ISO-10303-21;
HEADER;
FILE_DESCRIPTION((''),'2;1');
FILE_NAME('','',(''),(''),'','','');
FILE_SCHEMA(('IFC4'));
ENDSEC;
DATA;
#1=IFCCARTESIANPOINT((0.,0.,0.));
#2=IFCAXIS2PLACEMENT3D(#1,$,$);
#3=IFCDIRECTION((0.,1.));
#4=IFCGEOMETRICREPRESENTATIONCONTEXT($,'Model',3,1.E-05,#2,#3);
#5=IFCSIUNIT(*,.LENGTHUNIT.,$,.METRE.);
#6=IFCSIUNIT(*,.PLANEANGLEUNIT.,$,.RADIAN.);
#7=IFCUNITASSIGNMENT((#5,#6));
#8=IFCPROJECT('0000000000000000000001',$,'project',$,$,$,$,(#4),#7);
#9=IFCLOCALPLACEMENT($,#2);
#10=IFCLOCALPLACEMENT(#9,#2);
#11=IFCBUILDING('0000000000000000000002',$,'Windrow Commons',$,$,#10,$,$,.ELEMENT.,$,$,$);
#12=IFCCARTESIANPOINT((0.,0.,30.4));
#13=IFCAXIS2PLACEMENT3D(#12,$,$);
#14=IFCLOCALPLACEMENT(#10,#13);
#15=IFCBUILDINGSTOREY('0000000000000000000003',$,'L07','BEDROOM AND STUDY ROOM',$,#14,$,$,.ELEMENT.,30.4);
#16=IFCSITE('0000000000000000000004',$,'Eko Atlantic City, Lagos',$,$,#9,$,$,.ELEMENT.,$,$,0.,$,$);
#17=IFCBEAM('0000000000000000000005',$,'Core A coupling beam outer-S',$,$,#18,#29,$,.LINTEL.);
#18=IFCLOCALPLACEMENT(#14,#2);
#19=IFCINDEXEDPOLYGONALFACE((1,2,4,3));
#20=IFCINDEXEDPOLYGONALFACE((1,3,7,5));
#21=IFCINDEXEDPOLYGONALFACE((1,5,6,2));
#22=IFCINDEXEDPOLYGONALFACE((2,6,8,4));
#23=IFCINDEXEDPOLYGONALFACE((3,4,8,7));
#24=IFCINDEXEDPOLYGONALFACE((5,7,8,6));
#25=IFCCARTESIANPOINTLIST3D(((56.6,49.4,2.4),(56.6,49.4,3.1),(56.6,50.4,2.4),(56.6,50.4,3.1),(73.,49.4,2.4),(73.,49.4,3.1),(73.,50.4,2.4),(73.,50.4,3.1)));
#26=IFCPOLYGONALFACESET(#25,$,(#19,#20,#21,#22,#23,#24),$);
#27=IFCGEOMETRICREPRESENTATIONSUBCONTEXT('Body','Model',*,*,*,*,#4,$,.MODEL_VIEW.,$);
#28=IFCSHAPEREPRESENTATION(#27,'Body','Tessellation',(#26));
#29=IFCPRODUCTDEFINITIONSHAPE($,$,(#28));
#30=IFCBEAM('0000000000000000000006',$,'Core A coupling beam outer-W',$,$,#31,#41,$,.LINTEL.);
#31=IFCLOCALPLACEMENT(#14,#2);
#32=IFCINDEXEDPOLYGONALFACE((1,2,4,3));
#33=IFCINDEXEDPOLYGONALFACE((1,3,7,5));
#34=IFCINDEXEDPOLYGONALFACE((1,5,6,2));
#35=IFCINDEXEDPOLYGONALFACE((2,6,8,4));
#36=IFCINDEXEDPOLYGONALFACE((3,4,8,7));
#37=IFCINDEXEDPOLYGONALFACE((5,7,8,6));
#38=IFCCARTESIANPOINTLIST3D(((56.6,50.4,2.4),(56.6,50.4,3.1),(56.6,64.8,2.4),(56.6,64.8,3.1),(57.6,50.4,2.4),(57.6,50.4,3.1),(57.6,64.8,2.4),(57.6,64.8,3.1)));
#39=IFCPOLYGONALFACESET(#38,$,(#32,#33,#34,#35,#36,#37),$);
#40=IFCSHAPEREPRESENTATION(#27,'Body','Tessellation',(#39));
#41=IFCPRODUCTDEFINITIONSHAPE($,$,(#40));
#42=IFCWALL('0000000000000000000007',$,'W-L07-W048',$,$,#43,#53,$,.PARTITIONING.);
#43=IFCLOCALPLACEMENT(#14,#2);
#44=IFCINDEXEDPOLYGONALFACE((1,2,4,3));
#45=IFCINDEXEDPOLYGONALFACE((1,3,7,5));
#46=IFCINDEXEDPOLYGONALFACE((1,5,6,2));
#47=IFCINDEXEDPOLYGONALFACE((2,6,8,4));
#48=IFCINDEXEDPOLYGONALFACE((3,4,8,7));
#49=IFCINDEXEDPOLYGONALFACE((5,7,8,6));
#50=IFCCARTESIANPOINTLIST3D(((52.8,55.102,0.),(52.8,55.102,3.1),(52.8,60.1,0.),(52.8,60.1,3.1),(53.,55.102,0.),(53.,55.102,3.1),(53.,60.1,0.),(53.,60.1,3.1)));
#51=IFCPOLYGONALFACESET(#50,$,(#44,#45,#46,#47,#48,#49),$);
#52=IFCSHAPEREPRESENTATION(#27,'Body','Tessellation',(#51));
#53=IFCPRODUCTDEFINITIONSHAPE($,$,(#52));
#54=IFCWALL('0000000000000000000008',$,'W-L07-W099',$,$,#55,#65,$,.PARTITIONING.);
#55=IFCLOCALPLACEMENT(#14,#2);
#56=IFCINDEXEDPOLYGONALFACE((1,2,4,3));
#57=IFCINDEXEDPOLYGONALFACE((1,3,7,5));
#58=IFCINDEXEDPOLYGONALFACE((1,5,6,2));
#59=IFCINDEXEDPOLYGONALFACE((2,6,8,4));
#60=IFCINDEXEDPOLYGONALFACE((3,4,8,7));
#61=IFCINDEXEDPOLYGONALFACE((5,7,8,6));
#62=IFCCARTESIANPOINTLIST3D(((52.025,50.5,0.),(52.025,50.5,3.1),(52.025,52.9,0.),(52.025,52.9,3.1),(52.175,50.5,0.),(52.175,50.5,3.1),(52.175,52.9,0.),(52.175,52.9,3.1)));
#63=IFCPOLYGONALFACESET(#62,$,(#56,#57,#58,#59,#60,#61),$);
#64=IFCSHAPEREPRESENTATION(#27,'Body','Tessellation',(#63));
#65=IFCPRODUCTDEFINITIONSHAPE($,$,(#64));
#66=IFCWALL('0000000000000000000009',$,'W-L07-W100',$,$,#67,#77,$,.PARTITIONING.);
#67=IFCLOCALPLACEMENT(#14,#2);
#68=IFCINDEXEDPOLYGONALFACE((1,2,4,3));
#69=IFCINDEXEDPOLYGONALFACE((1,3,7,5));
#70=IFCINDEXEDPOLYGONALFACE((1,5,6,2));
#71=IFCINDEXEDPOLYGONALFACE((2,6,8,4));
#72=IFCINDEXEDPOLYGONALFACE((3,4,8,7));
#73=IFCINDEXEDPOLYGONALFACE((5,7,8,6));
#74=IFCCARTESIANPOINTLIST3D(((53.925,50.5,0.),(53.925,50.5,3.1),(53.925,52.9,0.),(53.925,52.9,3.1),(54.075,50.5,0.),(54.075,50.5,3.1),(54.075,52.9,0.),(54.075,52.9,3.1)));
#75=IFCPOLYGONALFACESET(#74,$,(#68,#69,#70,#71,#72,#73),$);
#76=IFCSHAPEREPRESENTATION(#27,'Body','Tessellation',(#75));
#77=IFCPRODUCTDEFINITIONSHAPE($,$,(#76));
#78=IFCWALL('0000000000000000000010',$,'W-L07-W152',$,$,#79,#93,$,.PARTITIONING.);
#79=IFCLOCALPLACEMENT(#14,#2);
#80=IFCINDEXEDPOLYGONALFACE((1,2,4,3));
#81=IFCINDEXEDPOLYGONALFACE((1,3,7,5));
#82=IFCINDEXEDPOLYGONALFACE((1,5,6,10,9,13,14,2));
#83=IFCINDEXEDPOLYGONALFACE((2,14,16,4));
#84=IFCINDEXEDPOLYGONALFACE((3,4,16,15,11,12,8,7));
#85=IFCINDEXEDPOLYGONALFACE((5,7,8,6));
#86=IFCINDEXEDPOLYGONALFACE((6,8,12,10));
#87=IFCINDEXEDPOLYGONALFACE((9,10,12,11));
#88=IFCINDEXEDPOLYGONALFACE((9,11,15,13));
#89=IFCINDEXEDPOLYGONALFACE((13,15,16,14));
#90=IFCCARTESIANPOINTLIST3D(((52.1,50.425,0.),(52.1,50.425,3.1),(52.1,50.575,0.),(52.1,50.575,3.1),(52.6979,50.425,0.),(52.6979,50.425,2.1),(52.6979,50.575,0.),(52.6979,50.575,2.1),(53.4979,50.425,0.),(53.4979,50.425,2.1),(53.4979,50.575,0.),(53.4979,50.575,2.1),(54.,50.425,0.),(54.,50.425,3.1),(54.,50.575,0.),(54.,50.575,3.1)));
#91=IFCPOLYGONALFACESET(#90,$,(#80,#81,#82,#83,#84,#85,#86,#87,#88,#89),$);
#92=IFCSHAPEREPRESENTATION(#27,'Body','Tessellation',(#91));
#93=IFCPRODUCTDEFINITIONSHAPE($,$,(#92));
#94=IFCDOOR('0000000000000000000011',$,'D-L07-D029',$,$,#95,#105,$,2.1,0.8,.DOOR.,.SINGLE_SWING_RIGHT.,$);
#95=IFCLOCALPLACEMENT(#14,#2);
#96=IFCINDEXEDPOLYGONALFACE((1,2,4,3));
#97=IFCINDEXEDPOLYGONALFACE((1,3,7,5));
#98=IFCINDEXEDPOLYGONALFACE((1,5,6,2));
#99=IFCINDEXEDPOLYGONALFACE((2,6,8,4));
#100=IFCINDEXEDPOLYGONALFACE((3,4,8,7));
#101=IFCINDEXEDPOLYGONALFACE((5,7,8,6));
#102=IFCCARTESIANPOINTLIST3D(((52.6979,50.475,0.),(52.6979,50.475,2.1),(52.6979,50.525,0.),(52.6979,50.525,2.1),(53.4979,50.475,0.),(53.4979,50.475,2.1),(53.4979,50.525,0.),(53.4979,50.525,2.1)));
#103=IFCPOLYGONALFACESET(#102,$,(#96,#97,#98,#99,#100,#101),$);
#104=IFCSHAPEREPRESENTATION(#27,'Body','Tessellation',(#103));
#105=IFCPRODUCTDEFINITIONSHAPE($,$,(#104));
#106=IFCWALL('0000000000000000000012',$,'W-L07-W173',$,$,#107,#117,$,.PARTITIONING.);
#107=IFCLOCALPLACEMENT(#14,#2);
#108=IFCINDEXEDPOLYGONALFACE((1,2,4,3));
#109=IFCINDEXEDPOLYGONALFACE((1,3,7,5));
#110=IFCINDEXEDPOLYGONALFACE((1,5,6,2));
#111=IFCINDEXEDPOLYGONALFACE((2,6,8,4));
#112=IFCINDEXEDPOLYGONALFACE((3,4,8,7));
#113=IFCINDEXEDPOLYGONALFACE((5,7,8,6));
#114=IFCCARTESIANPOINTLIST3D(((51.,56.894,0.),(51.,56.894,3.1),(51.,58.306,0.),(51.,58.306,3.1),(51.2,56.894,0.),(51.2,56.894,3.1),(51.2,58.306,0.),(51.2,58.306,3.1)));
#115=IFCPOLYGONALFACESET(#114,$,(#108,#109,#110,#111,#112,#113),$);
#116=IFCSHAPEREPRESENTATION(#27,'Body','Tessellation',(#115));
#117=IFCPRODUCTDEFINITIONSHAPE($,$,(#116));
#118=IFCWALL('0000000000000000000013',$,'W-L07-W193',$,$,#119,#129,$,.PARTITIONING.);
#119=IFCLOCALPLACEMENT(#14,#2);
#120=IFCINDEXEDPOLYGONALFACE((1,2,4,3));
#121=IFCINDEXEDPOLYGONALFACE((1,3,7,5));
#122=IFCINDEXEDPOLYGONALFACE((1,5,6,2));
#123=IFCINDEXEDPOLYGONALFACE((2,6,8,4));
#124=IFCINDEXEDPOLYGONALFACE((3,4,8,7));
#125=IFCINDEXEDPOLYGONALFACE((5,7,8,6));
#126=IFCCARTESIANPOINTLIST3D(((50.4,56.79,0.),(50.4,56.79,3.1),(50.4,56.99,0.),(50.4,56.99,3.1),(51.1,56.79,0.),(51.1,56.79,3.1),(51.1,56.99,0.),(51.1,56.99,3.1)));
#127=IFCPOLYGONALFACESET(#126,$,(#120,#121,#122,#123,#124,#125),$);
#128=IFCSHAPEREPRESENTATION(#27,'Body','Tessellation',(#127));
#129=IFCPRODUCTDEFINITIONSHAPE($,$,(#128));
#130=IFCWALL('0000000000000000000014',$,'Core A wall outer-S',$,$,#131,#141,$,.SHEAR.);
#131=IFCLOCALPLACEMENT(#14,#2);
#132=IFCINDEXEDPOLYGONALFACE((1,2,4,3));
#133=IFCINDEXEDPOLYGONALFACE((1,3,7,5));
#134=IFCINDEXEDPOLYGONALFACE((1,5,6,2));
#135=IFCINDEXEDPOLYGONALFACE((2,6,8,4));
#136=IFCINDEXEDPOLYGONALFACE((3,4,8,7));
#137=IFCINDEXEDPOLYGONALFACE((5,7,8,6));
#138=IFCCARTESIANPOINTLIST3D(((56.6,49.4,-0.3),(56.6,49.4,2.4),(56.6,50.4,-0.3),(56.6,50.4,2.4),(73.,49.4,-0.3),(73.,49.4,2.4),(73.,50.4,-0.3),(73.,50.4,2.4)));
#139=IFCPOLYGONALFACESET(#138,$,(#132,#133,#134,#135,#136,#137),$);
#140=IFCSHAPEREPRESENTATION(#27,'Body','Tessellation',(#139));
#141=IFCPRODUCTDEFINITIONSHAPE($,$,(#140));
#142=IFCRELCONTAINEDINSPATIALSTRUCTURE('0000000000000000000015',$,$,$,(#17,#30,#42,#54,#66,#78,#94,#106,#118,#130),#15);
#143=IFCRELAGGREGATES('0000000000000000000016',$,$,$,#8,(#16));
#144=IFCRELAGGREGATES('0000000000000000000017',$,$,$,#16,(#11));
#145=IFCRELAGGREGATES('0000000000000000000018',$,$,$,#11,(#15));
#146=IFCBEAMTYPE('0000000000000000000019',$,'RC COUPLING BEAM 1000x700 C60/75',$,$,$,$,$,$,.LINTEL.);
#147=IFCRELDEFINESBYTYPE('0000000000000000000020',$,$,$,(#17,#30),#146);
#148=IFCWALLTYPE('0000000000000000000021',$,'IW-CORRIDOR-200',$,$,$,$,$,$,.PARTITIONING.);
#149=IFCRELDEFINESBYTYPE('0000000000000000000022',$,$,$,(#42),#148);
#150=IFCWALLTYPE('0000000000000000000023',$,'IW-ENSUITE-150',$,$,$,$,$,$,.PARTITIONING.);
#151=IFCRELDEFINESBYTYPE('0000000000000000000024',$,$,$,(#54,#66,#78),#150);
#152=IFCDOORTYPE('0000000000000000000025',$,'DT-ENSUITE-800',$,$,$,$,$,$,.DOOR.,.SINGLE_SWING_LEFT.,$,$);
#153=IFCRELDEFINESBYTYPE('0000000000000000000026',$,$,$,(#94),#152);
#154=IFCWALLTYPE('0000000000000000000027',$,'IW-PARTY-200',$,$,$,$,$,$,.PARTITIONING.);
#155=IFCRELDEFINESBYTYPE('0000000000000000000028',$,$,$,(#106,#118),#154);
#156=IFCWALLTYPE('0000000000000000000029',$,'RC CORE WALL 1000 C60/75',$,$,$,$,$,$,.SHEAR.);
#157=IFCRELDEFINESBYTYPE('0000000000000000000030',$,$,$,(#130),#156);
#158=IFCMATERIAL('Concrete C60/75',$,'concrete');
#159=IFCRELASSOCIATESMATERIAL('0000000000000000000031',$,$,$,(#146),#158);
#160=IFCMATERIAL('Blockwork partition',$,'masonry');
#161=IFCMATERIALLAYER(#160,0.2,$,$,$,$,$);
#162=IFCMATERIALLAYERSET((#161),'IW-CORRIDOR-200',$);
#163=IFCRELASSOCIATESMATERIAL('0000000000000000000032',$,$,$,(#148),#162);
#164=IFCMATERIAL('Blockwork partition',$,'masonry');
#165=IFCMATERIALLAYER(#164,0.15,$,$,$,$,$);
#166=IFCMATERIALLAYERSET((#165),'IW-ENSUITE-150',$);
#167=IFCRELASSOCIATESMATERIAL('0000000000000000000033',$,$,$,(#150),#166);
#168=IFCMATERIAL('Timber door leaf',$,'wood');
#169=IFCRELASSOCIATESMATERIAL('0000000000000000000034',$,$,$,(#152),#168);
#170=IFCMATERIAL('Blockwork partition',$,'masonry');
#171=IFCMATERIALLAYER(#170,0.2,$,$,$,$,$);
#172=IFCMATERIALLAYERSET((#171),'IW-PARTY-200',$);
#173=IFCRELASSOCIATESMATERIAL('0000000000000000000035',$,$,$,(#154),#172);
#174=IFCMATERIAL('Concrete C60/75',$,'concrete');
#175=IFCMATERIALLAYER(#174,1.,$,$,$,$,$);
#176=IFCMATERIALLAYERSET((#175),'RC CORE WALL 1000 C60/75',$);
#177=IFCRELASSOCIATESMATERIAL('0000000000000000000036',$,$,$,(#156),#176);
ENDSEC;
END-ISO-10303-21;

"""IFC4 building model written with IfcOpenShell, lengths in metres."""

from ifc_helpers import new_model, si_unit, direction, frame, frame_2d, origin, origin_2d, place, context, subcontext, project, spatial, rectangle, extrude, material, layer, layer_set, material_profile, profile_set, type_object, element, fill, save


model = new_model("IFC4")

# Units and contexts
model_context = context("Model", 3, precision=1e-05, world=origin(), true_north=direction((0.0, 1.0)))
body_context = subcontext(model_context, "Body", "Model", "MODEL_VIEW")
ifc_project = project(units=[si_unit("LENGTHUNIT", "METRE"), si_unit("PLANEANGLEUNIT", "RADIAN")], contexts=[model_context])

# Site, building, storey
site_placement = place(None, origin())
site = spatial("IfcSite", under=ifc_project, at=site_placement, Name="Eko Atlantic City, Lagos", CompositionType="ELEMENT", RefElevation=0.0)
building_placement = place(site_placement, origin())
building = spatial("IfcBuilding", under=site, at=building_placement, Name="Windrow Commons", CompositionType="ELEMENT")
storey_placement = place(building_placement, frame((0.0, 0.0, 30.4)))
storey = spatial("IfcBuildingStorey", under=building, at=storey_placement, Name="L07", Description="BEDROOM AND STUDY ROOM", CompositionType="ELEMENT", Elevation=30.4)

# Beams
ifc_material_1 = material(Name="Concrete C60/75", Category="concrete")
ifc_material_profile = material_profile(ifc_material_1, rectangle(XDim=1.0, YDim=0.7, at=origin_2d()))
ifc_profile_set = profile_set([ifc_material_profile], Name="Concrete C60/75")
beam_type = type_object("IfcBeamType", Name="RC COUPLING BEAM 1000x700 C60/75", PredefinedType="LINTEL", material=ifc_profile_set)
beam_1_placement = place(storey_placement, frame((56.6, 49.9, 2.75), z_axis=(1.0, 0.0, 0.0), x_axis=(0.0, 1.0, 0.0)))
element("IfcBeam", 1, at=beam_1_placement, inside=storey, type_object=beam_type, Name="Core A coupling beam outer-S", PredefinedType="LINTEL", context=body_context, shape_type="SweptSolid", body=[
    extrude(rectangle(XDim=1.0, YDim=0.7, at=origin_2d()), origin(), (0.0, 0.0, 1.0), 16.4),
])
beam_2_placement = place(storey_placement, frame((57.1, 50.4, 2.75), z_axis=(0.0, 1.0, 0.0), x_axis=(-1.0, 0.0, 0.0)))
element("IfcBeam", 2, at=beam_2_placement, inside=storey, type_object=beam_type, Name="Core A coupling beam outer-W", PredefinedType="LINTEL", context=body_context, shape_type="SweptSolid", body=[
    extrude(rectangle(XDim=1.0, YDim=0.7, at=origin_2d()), origin(), (0.0, 0.0, 1.0), 14.4),
])

# Walls
ifc_material_2 = material(Name="Blockwork partition", Category="masonry")
ifc_layer_1 = layer(ifc_material_2, 0.2)
ifc_layer_set_1 = layer_set([ifc_layer_1], Name="IW-CORRIDOR-200")
wall_type_1 = type_object("IfcWallType", Name="IW-CORRIDOR-200", PredefinedType="PARTITIONING", material=ifc_layer_set_1)
wall_1_placement = place(storey_placement, frame((52.9, 55.102, 0.0), z_axis=(0.0, 0.0, 1.0), x_axis=(0.0, 1.0, 0.0)))
element("IfcWall", 3, at=wall_1_placement, inside=storey, type_object=wall_type_1, Name="W-L07-W048", PredefinedType="PARTITIONING", context=body_context, shape_type="SweptSolid", body=[
    extrude(rectangle(XDim=4.998, YDim=0.2, at=frame_2d((2.499, 0.0))), origin(), (0.0, 0.0, 1.0), 3.1),
])
ifc_material_3 = material(Name="Blockwork partition", Category="masonry")
ifc_layer_2 = layer(ifc_material_3, 0.15)
ifc_layer_set_2 = layer_set([ifc_layer_2], Name="IW-ENSUITE-150")
wall_type_2 = type_object("IfcWallType", Name="IW-ENSUITE-150", PredefinedType="PARTITIONING", material=ifc_layer_set_2)
for number, where, z_axis, x_axis, name in (
    (4, (52.1, 50.5, 0.0), (0.0, 0.0, 1.0), (0.0, 1.0, 0.0), "W-L07-W099"),
    (5, (54.0, 50.5, 0.0), (0.0, 0.0, 1.0), (0.0, 1.0, 0.0), "W-L07-W100"),
):
    element("IfcWall", number, at=place(storey_placement, frame(where, z_axis=z_axis, x_axis=x_axis)), inside=storey, type_object=wall_type_2, Name=name, PredefinedType="PARTITIONING", context=body_context, shape_type="SweptSolid", body=[
        extrude(rectangle(XDim=2.4, YDim=0.15, at=frame_2d((1.2, 0.0))), origin(), (0.0, 0.0, 1.0), 3.1),
    ])

# Wall, opening, door
wall_2_placement = place(storey_placement, frame((52.1, 50.5, 0.0), z_axis=(0.0, 0.0, 1.0), x_axis=(1.0, 0.0, 0.0)))
wall_2 = element("IfcWall", 6, at=wall_2_placement, inside=storey, type_object=wall_type_2, Name="W-L07-W152", PredefinedType="PARTITIONING", context=body_context, shape_type="SweptSolid", body=[
    extrude(rectangle(XDim=1.9, YDim=0.15, at=frame_2d((0.95, 0.0))), origin(), (0.0, 0.0, 1.0), 3.1),
])
opening_1_placement = place(wall_2_placement, frame((0.5979, 0.0, 0.0)))
opening_1 = element("IfcOpeningElement", 7, at=opening_1_placement, cuts=wall_2, PredefinedType="OPENING", context=body_context, shape_type="SweptSolid", body=[
    extrude(rectangle(XDim=0.8, YDim=2.1, at=frame_2d((0.4, 1.05))), frame((0.0, 0.085, 0.0), z_axis=(0.0, -1.0, 0.0), x_axis=(1.0, 0.0, 0.0)), (0.0, 0.0, 1.0), 0.17),
])
ifc_material_4 = material(Name="Timber door leaf", Category="wood")
door_type_1 = type_object("IfcDoorType", Name="DT-ENSUITE-800", OperationType="SINGLE_SWING_LEFT", PredefinedType="DOOR", material=ifc_material_4)
door_1_placement = place(opening_1_placement, origin())
door_1 = element("IfcDoor", 8, at=door_1_placement, inside=storey, type_object=door_type_1, Name="D-L07-D029", OperationType="SINGLE_SWING_RIGHT", OverallHeight=2.1, OverallWidth=0.8, PredefinedType="DOOR", context=body_context, shape_type="SweptSolid", body=[
    extrude(rectangle(XDim=0.8, YDim=2.1, at=frame_2d((0.4, 1.05))), frame((0.0, 0.025, 0.0), z_axis=(0.0, -1.0, 0.0), x_axis=(1.0, 0.0, 0.0)), (0.0, 0.0, 1.0), 0.05),
])
fill(opening_1, door_1)

# Walls
ifc_material_5 = material(Name="Blockwork partition", Category="masonry")
ifc_layer_3 = layer(ifc_material_5, 0.2)
ifc_layer_set_3 = layer_set([ifc_layer_3], Name="IW-PARTY-200")
wall_type_3 = type_object("IfcWallType", Name="IW-PARTY-200", PredefinedType="PARTITIONING", material=ifc_layer_set_3)
wall_3_placement = place(storey_placement, frame((51.1, 56.894, 0.0), z_axis=(0.0, 0.0, 1.0), x_axis=(0.0, 1.0, 0.0)))
element("IfcWall", 9, at=wall_3_placement, inside=storey, type_object=wall_type_3, Name="W-L07-W173", PredefinedType="PARTITIONING", context=body_context, shape_type="SweptSolid", body=[
    extrude(rectangle(XDim=1.412, YDim=0.2, at=frame_2d((0.706, 0.0))), origin(), (0.0, 0.0, 1.0), 3.1),
])
wall_4_placement = place(storey_placement, frame((50.4, 56.89, 0.0), z_axis=(0.0, 0.0, 1.0), x_axis=(1.0, 0.0, 0.0)))
element("IfcWall", 10, at=wall_4_placement, inside=storey, type_object=wall_type_3, Name="W-L07-W193", PredefinedType="PARTITIONING", context=body_context, shape_type="SweptSolid", body=[
    extrude(rectangle(XDim=0.7, YDim=0.2, at=frame_2d((0.35, 0.0))), origin(), (0.0, 0.0, 1.0), 3.1),
])
ifc_material_6 = material(Name="Concrete C60/75", Category="concrete")
ifc_layer_4 = layer(ifc_material_6, 1.0)
ifc_layer_set_4 = layer_set([ifc_layer_4], Name="RC CORE WALL 1000 C60/75")
wall_type_4 = type_object("IfcWallType", Name="RC CORE WALL 1000 C60/75", PredefinedType="SHEAR", material=ifc_layer_set_4)
wall_5_placement = place(storey_placement, frame((56.6, 49.9, -0.3), z_axis=(0.0, 0.0, 1.0), x_axis=(1.0, 0.0, 0.0)))
element("IfcWall", 11, at=wall_5_placement, inside=storey, type_object=wall_type_4, Name="Core A wall outer-S", PredefinedType="SHEAR", context=body_context, shape_type="SweptSolid", body=[
    extrude(rectangle(XDim=16.4, YDim=1.0, at=frame_2d((8.2, 0.0))), origin(), (0.0, 0.0, 1.0), 2.7),
])

save(model, "model.ifc")
